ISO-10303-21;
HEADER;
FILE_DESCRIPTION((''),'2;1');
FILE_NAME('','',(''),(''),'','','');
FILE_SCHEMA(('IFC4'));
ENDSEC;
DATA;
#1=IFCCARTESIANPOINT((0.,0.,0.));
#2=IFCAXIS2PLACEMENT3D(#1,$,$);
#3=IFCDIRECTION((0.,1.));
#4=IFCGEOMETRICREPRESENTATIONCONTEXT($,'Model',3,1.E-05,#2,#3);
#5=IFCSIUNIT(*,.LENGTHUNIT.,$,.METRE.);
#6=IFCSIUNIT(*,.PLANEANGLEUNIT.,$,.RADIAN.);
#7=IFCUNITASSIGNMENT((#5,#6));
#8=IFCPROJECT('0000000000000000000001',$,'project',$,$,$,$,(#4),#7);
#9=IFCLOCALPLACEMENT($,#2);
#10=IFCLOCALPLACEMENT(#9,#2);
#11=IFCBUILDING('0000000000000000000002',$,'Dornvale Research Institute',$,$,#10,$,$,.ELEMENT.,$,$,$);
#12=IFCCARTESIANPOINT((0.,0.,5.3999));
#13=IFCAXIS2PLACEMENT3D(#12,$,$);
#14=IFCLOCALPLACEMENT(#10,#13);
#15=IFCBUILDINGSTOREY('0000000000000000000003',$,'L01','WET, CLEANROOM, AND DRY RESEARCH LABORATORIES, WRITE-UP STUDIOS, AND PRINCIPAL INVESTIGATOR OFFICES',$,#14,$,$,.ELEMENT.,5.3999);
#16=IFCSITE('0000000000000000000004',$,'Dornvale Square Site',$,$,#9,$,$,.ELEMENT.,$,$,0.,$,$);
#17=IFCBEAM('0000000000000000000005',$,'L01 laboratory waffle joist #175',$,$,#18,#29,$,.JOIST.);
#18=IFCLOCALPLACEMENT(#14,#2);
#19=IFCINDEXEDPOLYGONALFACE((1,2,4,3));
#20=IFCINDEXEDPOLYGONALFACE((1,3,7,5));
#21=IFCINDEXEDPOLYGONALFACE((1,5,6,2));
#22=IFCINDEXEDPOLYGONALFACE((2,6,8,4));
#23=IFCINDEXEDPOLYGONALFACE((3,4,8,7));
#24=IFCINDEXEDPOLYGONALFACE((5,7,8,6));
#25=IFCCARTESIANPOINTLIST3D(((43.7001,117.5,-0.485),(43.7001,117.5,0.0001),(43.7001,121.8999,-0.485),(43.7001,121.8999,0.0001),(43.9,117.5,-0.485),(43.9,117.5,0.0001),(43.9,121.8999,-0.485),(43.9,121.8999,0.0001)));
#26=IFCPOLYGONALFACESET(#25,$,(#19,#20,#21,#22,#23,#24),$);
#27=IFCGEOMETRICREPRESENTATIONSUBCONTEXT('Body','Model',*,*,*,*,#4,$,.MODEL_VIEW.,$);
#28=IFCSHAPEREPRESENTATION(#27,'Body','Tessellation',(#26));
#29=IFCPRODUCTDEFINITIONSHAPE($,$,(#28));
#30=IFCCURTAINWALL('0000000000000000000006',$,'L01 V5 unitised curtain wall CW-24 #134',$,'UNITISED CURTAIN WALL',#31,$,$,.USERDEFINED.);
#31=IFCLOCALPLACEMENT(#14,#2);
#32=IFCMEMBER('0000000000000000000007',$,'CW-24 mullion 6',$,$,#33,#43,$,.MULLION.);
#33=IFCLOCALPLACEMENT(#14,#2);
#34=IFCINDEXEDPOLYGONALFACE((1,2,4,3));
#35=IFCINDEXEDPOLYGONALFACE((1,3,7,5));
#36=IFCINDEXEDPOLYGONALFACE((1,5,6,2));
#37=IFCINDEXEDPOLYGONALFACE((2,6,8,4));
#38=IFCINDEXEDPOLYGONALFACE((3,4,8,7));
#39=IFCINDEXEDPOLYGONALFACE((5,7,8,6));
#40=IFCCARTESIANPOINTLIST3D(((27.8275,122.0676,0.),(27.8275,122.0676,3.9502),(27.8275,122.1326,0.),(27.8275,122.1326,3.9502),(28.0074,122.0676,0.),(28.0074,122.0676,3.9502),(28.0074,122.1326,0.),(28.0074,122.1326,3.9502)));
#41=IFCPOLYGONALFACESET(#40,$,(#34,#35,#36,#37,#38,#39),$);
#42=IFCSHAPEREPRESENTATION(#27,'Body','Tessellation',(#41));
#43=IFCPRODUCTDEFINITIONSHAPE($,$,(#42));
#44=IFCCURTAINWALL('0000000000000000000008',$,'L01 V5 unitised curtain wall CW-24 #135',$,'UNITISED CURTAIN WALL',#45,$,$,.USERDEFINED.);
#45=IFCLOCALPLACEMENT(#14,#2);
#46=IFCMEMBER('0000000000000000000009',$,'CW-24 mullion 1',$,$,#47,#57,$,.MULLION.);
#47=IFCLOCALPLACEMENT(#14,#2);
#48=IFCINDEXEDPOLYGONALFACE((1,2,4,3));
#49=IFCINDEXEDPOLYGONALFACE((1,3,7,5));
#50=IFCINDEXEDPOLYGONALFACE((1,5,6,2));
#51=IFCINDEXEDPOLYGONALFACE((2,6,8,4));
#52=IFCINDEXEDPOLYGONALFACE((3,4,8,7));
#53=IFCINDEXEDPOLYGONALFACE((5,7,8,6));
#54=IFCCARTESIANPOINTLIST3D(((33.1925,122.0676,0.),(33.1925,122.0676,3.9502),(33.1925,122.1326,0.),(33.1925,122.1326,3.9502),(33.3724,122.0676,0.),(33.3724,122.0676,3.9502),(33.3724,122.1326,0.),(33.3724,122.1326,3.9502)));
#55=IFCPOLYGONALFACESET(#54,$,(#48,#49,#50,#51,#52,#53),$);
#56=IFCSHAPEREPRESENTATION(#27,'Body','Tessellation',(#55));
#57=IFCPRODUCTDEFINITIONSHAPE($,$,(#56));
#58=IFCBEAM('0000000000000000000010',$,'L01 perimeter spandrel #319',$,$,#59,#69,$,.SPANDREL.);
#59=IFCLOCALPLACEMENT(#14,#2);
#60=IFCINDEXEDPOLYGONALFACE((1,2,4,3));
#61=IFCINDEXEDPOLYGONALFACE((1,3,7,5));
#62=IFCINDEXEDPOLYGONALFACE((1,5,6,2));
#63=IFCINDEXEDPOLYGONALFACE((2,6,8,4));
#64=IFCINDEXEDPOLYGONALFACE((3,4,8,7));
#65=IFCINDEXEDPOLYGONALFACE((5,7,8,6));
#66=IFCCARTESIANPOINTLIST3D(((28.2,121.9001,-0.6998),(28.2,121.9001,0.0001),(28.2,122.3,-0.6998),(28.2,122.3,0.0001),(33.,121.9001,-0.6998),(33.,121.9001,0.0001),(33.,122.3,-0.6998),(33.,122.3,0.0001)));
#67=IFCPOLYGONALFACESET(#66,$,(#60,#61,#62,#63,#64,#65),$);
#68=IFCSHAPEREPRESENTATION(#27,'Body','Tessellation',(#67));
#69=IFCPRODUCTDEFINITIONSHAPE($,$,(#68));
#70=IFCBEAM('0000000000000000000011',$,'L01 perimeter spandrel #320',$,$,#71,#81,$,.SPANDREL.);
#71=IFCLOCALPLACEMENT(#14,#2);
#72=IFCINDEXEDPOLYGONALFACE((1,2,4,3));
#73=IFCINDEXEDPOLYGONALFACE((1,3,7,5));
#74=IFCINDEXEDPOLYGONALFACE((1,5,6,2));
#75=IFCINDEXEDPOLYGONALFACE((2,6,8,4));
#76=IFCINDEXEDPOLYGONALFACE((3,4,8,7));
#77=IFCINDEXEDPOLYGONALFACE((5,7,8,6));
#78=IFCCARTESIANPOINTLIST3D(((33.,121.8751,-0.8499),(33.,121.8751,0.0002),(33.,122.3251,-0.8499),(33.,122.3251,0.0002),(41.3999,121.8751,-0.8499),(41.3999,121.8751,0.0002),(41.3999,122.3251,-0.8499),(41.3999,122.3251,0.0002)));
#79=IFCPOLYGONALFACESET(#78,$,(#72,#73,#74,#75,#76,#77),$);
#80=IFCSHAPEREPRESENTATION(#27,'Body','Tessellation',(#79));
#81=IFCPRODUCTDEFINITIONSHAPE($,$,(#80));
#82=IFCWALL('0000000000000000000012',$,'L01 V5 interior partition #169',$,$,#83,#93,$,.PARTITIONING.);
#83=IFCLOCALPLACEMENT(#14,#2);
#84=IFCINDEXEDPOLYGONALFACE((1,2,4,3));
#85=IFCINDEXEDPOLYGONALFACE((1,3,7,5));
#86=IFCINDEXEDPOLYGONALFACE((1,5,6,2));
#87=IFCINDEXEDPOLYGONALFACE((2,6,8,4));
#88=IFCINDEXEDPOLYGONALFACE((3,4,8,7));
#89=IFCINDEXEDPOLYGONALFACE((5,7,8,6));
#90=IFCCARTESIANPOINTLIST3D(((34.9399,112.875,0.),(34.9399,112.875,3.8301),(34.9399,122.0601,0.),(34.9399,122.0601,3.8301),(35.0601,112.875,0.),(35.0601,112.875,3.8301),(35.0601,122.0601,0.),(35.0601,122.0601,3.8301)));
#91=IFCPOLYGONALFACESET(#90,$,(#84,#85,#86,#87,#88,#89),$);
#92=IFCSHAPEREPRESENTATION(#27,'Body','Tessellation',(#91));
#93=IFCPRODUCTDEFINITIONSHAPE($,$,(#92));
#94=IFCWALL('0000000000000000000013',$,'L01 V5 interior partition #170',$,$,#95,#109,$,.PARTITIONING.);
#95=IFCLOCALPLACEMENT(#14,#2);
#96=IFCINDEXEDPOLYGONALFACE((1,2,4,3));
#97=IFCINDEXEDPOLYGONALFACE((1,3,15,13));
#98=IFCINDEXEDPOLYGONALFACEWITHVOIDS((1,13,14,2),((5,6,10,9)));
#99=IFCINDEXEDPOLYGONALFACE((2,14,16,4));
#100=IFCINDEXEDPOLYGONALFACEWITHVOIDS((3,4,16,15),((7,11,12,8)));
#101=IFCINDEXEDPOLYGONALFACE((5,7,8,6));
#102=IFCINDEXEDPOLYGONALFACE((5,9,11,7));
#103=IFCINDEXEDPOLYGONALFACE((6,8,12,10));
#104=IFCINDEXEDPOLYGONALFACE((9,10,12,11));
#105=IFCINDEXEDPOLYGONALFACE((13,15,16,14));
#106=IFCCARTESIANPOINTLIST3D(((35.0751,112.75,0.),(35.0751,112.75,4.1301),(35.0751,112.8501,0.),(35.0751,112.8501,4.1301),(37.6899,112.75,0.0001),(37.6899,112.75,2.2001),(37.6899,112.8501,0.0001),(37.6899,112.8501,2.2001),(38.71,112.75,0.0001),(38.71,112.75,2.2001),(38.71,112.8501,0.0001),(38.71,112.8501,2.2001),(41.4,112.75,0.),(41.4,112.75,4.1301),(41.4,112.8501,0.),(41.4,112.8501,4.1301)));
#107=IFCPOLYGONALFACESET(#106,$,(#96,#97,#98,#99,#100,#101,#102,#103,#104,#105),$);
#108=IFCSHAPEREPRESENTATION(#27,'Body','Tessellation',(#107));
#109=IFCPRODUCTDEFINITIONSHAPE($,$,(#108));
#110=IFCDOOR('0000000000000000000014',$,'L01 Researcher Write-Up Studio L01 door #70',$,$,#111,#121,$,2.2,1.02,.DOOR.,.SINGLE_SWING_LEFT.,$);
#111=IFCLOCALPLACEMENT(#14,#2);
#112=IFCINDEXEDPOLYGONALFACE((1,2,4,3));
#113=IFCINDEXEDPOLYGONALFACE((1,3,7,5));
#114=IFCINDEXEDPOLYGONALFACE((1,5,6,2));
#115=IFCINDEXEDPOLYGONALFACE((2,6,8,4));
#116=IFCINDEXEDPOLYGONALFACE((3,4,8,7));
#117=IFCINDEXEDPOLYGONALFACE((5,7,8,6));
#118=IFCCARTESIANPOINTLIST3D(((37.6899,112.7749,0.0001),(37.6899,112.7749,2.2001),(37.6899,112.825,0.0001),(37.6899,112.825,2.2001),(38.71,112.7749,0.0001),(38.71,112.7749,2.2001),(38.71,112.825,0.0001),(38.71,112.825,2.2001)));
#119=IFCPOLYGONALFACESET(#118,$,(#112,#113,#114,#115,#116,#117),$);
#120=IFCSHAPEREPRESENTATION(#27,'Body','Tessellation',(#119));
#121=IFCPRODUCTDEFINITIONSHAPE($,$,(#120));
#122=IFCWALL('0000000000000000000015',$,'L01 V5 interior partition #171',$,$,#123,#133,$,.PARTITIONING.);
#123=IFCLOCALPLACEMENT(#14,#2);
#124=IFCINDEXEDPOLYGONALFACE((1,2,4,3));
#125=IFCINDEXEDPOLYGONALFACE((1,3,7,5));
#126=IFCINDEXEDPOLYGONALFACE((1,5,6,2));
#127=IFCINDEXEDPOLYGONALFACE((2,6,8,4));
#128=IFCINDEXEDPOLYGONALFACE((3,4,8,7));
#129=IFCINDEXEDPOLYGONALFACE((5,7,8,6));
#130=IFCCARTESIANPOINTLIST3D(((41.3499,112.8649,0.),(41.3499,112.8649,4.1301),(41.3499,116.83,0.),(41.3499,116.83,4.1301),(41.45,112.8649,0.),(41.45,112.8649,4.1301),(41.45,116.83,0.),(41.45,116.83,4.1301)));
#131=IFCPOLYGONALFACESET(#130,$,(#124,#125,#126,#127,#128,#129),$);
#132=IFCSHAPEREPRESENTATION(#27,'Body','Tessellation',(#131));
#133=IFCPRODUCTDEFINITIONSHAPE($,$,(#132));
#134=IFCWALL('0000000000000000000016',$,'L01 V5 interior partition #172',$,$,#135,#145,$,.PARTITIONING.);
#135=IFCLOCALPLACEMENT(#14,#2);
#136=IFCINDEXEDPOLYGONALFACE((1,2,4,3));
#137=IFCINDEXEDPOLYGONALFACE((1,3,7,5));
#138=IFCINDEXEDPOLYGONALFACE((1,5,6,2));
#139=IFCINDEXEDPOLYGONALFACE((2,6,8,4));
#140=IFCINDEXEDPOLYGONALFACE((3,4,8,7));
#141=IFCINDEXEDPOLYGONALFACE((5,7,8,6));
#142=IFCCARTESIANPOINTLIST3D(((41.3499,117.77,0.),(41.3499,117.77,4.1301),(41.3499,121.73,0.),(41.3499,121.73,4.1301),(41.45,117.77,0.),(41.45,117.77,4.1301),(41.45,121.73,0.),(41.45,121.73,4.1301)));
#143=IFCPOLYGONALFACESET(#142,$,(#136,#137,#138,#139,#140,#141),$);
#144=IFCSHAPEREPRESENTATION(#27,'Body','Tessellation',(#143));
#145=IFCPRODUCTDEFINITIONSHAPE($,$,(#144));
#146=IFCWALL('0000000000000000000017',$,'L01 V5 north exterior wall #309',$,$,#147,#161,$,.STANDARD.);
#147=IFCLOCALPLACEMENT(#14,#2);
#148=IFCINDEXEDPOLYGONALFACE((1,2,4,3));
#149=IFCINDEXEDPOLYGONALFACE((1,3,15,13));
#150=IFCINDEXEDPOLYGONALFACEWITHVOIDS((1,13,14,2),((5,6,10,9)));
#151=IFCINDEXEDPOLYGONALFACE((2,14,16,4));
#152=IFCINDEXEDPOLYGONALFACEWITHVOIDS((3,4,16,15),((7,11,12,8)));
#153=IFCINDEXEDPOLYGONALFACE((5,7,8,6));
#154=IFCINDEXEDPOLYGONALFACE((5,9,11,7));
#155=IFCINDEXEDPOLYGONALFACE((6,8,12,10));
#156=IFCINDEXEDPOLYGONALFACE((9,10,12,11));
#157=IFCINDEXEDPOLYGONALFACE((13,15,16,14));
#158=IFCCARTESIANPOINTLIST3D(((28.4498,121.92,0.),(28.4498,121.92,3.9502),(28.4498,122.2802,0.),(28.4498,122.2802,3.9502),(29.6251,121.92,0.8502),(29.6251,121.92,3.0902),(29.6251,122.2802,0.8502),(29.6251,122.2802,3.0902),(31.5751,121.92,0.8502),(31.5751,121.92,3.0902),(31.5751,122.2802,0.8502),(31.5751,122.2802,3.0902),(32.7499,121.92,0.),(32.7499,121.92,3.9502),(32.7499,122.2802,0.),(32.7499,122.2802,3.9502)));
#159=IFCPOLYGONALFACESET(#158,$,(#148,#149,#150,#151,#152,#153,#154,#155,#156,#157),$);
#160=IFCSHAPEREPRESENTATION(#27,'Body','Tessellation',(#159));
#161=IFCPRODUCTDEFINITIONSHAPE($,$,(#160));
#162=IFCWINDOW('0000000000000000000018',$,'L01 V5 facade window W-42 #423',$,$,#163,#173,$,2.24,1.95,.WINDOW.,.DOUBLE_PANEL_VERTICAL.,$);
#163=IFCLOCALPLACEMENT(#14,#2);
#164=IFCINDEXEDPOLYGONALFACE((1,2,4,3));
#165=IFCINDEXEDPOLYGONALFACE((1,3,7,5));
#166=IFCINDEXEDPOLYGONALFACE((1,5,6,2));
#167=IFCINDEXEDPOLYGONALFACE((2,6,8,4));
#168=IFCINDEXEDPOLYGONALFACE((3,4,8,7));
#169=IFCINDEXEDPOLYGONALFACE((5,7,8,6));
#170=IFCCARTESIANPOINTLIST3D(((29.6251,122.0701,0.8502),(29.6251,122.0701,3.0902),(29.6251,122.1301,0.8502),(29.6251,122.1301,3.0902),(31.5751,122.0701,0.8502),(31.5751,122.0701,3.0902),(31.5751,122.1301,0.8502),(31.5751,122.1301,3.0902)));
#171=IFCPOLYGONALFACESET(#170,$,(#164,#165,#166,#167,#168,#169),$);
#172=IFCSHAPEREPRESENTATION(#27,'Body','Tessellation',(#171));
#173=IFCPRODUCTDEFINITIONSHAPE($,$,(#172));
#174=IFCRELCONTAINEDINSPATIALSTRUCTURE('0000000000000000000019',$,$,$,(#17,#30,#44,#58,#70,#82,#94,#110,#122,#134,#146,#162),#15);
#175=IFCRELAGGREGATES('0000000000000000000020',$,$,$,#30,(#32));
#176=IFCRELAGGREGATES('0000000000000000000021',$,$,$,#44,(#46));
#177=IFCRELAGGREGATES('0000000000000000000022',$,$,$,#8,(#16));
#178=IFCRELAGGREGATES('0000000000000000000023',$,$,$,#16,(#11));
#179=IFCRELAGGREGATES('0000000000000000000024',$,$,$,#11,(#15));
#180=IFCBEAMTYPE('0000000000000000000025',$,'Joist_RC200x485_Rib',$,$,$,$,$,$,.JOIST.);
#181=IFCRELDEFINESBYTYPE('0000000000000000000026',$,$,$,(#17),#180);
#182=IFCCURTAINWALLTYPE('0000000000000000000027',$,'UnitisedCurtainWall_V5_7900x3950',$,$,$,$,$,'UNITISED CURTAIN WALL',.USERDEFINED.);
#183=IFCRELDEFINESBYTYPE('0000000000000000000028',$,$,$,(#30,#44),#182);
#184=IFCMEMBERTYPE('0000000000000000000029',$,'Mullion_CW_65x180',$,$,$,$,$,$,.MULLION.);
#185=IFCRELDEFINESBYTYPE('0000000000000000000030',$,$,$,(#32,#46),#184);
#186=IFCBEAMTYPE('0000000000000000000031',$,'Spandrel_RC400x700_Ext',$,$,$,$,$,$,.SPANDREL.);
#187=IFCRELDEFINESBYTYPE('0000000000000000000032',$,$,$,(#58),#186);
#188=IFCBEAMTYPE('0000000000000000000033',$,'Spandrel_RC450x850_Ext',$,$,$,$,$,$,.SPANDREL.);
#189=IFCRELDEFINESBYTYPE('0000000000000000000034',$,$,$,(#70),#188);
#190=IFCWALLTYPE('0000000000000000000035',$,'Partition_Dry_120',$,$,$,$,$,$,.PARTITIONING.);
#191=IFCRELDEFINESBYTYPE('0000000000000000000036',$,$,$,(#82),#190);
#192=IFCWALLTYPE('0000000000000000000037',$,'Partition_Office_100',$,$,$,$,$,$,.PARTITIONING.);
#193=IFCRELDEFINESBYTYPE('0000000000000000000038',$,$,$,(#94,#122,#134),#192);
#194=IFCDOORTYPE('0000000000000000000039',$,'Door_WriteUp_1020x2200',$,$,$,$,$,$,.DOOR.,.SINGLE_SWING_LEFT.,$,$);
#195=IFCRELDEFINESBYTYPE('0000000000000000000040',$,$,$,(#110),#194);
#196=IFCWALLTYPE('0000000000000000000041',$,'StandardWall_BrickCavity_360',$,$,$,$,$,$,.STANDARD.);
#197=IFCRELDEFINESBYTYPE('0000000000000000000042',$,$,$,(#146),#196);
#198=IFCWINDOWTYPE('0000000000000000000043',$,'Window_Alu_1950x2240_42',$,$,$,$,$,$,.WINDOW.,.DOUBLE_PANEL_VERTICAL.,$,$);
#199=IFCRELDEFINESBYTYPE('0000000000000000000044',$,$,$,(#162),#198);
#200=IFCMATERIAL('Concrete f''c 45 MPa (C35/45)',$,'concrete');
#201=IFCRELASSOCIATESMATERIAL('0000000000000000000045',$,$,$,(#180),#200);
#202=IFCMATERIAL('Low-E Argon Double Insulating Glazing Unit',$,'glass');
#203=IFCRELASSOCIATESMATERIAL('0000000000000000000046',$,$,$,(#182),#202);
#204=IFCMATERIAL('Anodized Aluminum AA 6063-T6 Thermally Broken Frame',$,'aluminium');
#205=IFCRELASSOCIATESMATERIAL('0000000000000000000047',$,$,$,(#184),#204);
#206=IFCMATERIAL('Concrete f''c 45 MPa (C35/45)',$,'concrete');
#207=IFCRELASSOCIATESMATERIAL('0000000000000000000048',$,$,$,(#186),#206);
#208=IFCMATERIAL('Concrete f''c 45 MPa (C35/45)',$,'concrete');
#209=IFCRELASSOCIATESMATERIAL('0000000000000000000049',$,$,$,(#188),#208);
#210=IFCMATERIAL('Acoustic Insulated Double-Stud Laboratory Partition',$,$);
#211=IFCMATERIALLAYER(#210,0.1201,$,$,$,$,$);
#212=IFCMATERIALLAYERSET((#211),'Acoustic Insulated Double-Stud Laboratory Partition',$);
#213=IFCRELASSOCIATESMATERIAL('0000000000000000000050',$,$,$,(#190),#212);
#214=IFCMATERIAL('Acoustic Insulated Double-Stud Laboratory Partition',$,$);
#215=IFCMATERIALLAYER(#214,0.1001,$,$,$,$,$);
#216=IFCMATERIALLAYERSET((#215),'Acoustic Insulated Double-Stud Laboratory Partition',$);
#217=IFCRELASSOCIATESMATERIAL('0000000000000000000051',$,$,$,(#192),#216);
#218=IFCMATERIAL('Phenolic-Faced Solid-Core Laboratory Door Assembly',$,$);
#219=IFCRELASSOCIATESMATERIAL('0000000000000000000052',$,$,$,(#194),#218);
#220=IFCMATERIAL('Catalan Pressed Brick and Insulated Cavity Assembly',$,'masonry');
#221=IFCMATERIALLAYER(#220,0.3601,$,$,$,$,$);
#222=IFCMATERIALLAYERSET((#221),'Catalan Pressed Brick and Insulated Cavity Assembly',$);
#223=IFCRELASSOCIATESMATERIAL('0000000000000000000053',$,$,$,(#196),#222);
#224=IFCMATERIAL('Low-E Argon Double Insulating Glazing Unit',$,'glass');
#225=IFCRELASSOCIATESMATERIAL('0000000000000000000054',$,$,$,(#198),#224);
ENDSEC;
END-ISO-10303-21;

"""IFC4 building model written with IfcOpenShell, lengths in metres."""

from ifc_helpers import new_model, si_unit, direction, frame, frame_2d, origin, origin_2d, place, context, subcontext, project, spatial, rectangle, extrude, material, layer, layer_set, material_profile, profile_set, type_object, element, fill, aggregate, save


model = new_model("IFC4")

# Units and contexts
model_context = context("Model", 3, precision=1e-05, world=origin(), true_north=direction((0.0, 1.0)))
body_context = subcontext(model_context, "Body", "Model", "MODEL_VIEW")
ifc_project = project(units=[si_unit("LENGTHUNIT", "METRE"), si_unit("PLANEANGLEUNIT", "RADIAN")], contexts=[model_context])

# Site, building, storey
site_placement = place(None, origin())
site = spatial("IfcSite", under=ifc_project, at=site_placement, Name="Dornvale Square Site", CompositionType="ELEMENT", RefElevation=0.0)
building_placement = place(site_placement, origin())
building = spatial("IfcBuilding", under=site, at=building_placement, Name="Dornvale Research Institute", CompositionType="ELEMENT")
storey_placement = place(building_placement, frame((0.0, 0.0, 5.3999)))
storey = spatial("IfcBuildingStorey", under=building, at=storey_placement, Name="L01", Description="WET, CLEANROOM, AND DRY RESEARCH LABORATORIES, WRITE-UP STUDIOS, AND PRINCIPAL INVESTIGATOR OFFICES", CompositionType="ELEMENT", Elevation=5.3999)

# Beam
ifc_material_1 = material(Name="Concrete f'c 45 MPa (C35/45)", Category="concrete")
ifc_material_profile_1 = material_profile(ifc_material_1, rectangle(XDim=0.2, YDim=0.4851, at=origin_2d()), Name="RC 200x485")
ifc_profile_set_1 = profile_set([ifc_material_profile_1], Name="Concrete f'c 45 MPa (C35/45)")
beam_type_1 = type_object("IfcBeamType", Name="Joist_RC200x485_Rib", PredefinedType="JOIST", material=ifc_profile_set_1)
beam_1_placement = place(storey_placement, frame((43.8, 117.5, -0.2424), z_axis=(0.0, 1.0, 0.0), x_axis=(-1.0, 0.0, 0.0)))
element("IfcBeam", 1, at=beam_1_placement, inside=storey, type_object=beam_type_1, Name="L01 laboratory waffle joist #175", PredefinedType="JOIST", context=body_context, shape_type="SweptSolid", body=[
    extrude(rectangle(XDim=0.2, YDim=0.4851, at=origin_2d()), origin(), (0.0, 0.0, 1.0), 4.3999),
])

# Curtain walls, members
ifc_material_2 = material(Name="Low-E Argon Double Insulating Glazing Unit", Category="glass")
curtain_wall_type = type_object("IfcCurtainWallType", Name="UnitisedCurtainWall_V5_7900x3950", ElementType="UNITISED CURTAIN WALL", PredefinedType="USERDEFINED", material=ifc_material_2)
curtain_wall_1_placement = place(storey_placement, origin())
curtain_wall_1 = element("IfcCurtainWall", 2, at=curtain_wall_1_placement, inside=storey, type_object=curtain_wall_type, Name="L01 V5 unitised curtain wall CW-24 #134", ObjectType="UNITISED CURTAIN WALL", PredefinedType="USERDEFINED")
ifc_material_3 = material(Name="Anodized Aluminum AA 6063-T6 Thermally Broken Frame", Category="aluminium")
ifc_material_profile_2 = material_profile(ifc_material_3, rectangle(XDim=0.0649, YDim=0.1799, at=origin_2d()), Name="ALU MULLION 65x180")
ifc_profile_set_2 = profile_set([ifc_material_profile_2], Name="Anodized Aluminum AA 6063-T6 Thermally Broken Frame")
member_type = type_object("IfcMemberType", Name="Mullion_CW_65x180", PredefinedType="MULLION", material=ifc_profile_set_2)
member_1_placement = place(storey_placement, frame((27.9175, 122.1001, 0.0), z_axis=(0.0, 0.0, 1.0), x_axis=(0.0, 1.0, 0.0)))
member_1 = element("IfcMember", 3, at=member_1_placement, type_object=member_type, Name="CW-24 mullion 6", PredefinedType="MULLION", context=body_context, shape_type="SweptSolid", body=[
    extrude(rectangle(XDim=0.0649, YDim=0.1799, at=origin_2d()), origin(), (0.0, 0.0, 1.0), 3.9502),
])
aggregate(curtain_wall_1, [member_1])
curtain_wall_2_placement = place(storey_placement, origin())
curtain_wall_2 = element("IfcCurtainWall", 4, at=curtain_wall_2_placement, inside=storey, type_object=curtain_wall_type, Name="L01 V5 unitised curtain wall CW-24 #135", ObjectType="UNITISED CURTAIN WALL", PredefinedType="USERDEFINED")
member_2_placement = place(storey_placement, frame((33.2825, 122.1001, 0.0), z_axis=(0.0, 0.0, 1.0), x_axis=(0.0, 1.0, 0.0)))
member_2 = element("IfcMember", 5, at=member_2_placement, type_object=member_type, Name="CW-24 mullion 1", PredefinedType="MULLION", context=body_context, shape_type="SweptSolid", body=[
    extrude(rectangle(XDim=0.0649, YDim=0.1799, at=origin_2d()), origin(), (0.0, 0.0, 1.0), 3.9502),
])
aggregate(curtain_wall_2, [member_2])

# Beams
ifc_material_4 = material(Name="Concrete f'c 45 MPa (C35/45)", Category="concrete")
ifc_material_profile_3 = material_profile(ifc_material_4, rectangle(XDim=0.3999, YDim=0.7, at=origin_2d()), Name="RC 400x700")
ifc_profile_set_3 = profile_set([ifc_material_profile_3], Name="Concrete f'c 45 MPa (C35/45)")
beam_type_2 = type_object("IfcBeamType", Name="Spandrel_RC400x700_Ext", PredefinedType="SPANDREL", material=ifc_profile_set_3)
beam_2_placement = place(storey_placement, frame((28.2, 122.1001, -0.3499), z_axis=(1.0, 0.0, 0.0), x_axis=(0.0, 1.0, 0.0)))
element("IfcBeam", 6, at=beam_2_placement, inside=storey, type_object=beam_type_2, Name="L01 perimeter spandrel #319", PredefinedType="SPANDREL", context=body_context, shape_type="SweptSolid", body=[
    extrude(rectangle(XDim=0.3999, YDim=0.7, at=origin_2d()), origin(), (0.0, 0.0, 1.0), 4.8),
])
ifc_material_5 = material(Name="Concrete f'c 45 MPa (C35/45)", Category="concrete")
ifc_material_profile_4 = material_profile(ifc_material_5, rectangle(XDim=0.45, YDim=0.8501, at=origin_2d()), Name="RC 450x850")
ifc_profile_set_4 = profile_set([ifc_material_profile_4], Name="Concrete f'c 45 MPa (C35/45)")
beam_type_3 = type_object("IfcBeamType", Name="Spandrel_RC450x850_Ext", PredefinedType="SPANDREL", material=ifc_profile_set_4)
beam_3_placement = place(storey_placement, frame((33.0, 122.1001, -0.4248), z_axis=(1.0, 0.0, 0.0), x_axis=(0.0, 1.0, 0.0)))
element("IfcBeam", 7, at=beam_3_placement, inside=storey, type_object=beam_type_3, Name="L01 perimeter spandrel #320", PredefinedType="SPANDREL", context=body_context, shape_type="SweptSolid", body=[
    extrude(rectangle(XDim=0.45, YDim=0.8501, at=origin_2d()), origin(), (0.0, 0.0, 1.0), 8.3999),
])

# Wall
ifc_material_6 = material(Name="Acoustic Insulated Double-Stud Laboratory Partition")
ifc_layer_1 = layer(ifc_material_6, 0.1201)
ifc_layer_set_1 = layer_set([ifc_layer_1], Name="Acoustic Insulated Double-Stud Laboratory Partition")
wall_type_1 = type_object("IfcWallType", Name="Partition_Dry_120", PredefinedType="PARTITIONING", material=ifc_layer_set_1)
wall_1_placement = place(storey_placement, frame((35.0, 112.875, 0.0), z_axis=(0.0, 0.0, 1.0), x_axis=(0.0, 1.0, 0.0)))
element("IfcWall", 8, at=wall_1_placement, inside=storey, type_object=wall_type_1, Name="L01 V5 interior partition #169", PredefinedType="PARTITIONING", context=body_context, shape_type="SweptSolid", body=[
    extrude(rectangle(XDim=9.1851, YDim=0.1201, at=frame_2d((4.5925, 0.0))), origin(), (0.0, 0.0, 1.0), 3.8301),
])

# Wall, opening, door
ifc_material_7 = material(Name="Acoustic Insulated Double-Stud Laboratory Partition")
ifc_layer_2 = layer(ifc_material_7, 0.1001)
ifc_layer_set_2 = layer_set([ifc_layer_2], Name="Acoustic Insulated Double-Stud Laboratory Partition")
wall_type_2 = type_object("IfcWallType", Name="Partition_Office_100", PredefinedType="PARTITIONING", material=ifc_layer_set_2)
wall_2_placement = place(storey_placement, frame((35.075, 112.8, 0.0), z_axis=(0.0, 0.0, 1.0), x_axis=(1.0, 0.0, 0.0)))
wall_2 = element("IfcWall", 9, at=wall_2_placement, inside=storey, type_object=wall_type_2, Name="L01 V5 interior partition #170", PredefinedType="PARTITIONING", context=body_context, shape_type="SweptSolid", body=[
    extrude(rectangle(XDim=6.325, YDim=0.1001, at=frame_2d((3.1626, 0.0))), origin(), (0.0, 0.0, 1.0), 4.1301),
])
opening_1_placement = place(wall_2_placement, frame((2.615, 0.0, 0.0)))
opening_1 = element("IfcOpeningElement", 10, at=opening_1_placement, cuts=wall_2, PredefinedType="OPENING", context=body_context, shape_type="SweptSolid", body=[
    extrude(rectangle(XDim=1.02, YDim=2.2, at=frame_2d((0.51, 1.1001))), frame((0.0, 0.0649, 0.0), z_axis=(0.0, -1.0, 0.0), x_axis=(1.0, 0.0, 0.0)), (0.0, 0.0, 1.0), 0.1301),
])
ifc_material_8 = material(Name="Phenolic-Faced Solid-Core Laboratory Door Assembly")
door_type = type_object("IfcDoorType", Name="Door_WriteUp_1020x2200", OperationType="SINGLE_SWING_LEFT", PredefinedType="DOOR", material=ifc_material_8)
door_placement = place(opening_1_placement, origin())
door = element("IfcDoor", 11, at=door_placement, inside=storey, type_object=door_type, Name="L01 Researcher Write-Up Studio L01 door #70", OperationType="SINGLE_SWING_LEFT", OverallHeight=2.2, OverallWidth=1.02, PredefinedType="DOOR", context=body_context, shape_type="SweptSolid", body=[
    extrude(rectangle(XDim=1.02, YDim=2.2, at=frame_2d((0.51, 1.1001))), frame((0.0, 0.0249, 0.0), z_axis=(0.0, -1.0, 0.0), x_axis=(1.0, 0.0, 0.0)), (0.0, 0.0, 1.0), 0.05),
])
fill(opening_1, door)

# Walls
wall_3_placement = place(storey_placement, frame((41.3999, 112.865, 0.0), z_axis=(0.0, 0.0, 1.0), x_axis=(0.0, 1.0, 0.0)))
element("IfcWall", 12, at=wall_3_placement, inside=storey, type_object=wall_type_2, Name="L01 V5 interior partition #171", PredefinedType="PARTITIONING", context=body_context, shape_type="SweptSolid", body=[
    extrude(rectangle(XDim=3.9651, YDim=0.1001, at=frame_2d((1.9824, 0.0))), origin(), (0.0, 0.0, 1.0), 4.1301),
])
wall_4_placement = place(storey_placement, frame((41.3999, 117.77, 0.0), z_axis=(0.0, 0.0, 1.0), x_axis=(0.0, 1.0, 0.0)))
element("IfcWall", 13, at=wall_4_placement, inside=storey, type_object=wall_type_2, Name="L01 V5 interior partition #172", PredefinedType="PARTITIONING", context=body_context, shape_type="SweptSolid", body=[
    extrude(rectangle(XDim=3.96, YDim=0.1001, at=frame_2d((1.98, 0.0))), origin(), (0.0, 0.0, 1.0), 4.1301),
])

# Wall, opening, window
ifc_material_9 = material(Name="Catalan Pressed Brick and Insulated Cavity Assembly", Category="masonry")
ifc_layer_3 = layer(ifc_material_9, 0.3601)
ifc_layer_set_3 = layer_set([ifc_layer_3], Name="Catalan Pressed Brick and Insulated Cavity Assembly")
wall_type_3 = type_object("IfcWallType", Name="StandardWall_BrickCavity_360", PredefinedType="STANDARD", material=ifc_layer_set_3)
wall_5_placement = place(storey_placement, frame((28.45, 122.1001, 0.0), z_axis=(0.0, 0.0, 1.0), x_axis=(1.0, 0.0, 0.0)))
wall_5 = element("IfcWall", 14, at=wall_5_placement, inside=storey, type_object=wall_type_3, Name="L01 V5 north exterior wall #309", PredefinedType="STANDARD", context=body_context, shape_type="SweptSolid", body=[
    extrude(rectangle(XDim=4.3, YDim=0.3601, at=frame_2d((2.1499, 0.0))), origin(), (0.0, 0.0, 1.0), 3.9502),
])
opening_2_placement = place(wall_5_placement, frame((1.175, 0.0, 0.8501)))
opening_2 = element("IfcOpeningElement", 15, at=opening_2_placement, cuts=wall_5, PredefinedType="OPENING", context=body_context, shape_type="SweptSolid", body=[
    extrude(rectangle(XDim=1.95, YDim=2.24, at=frame_2d((0.9751, 1.1201))), frame((0.0, 0.1951, 0.0), z_axis=(0.0, -1.0, 0.0), x_axis=(1.0, 0.0, 0.0)), (0.0, 0.0, 1.0), 0.3901),
])
ifc_material_10 = material(Name="Low-E Argon Double Insulating Glazing Unit", Category="glass")
window_type = type_object("IfcWindowType", Name="Window_Alu_1950x2240_42", PartitioningType="DOUBLE_PANEL_VERTICAL", PredefinedType="WINDOW", material=ifc_material_10)
window_placement = place(opening_2_placement, origin())
window = element("IfcWindow", 16, at=window_placement, inside=storey, type_object=window_type, Name="L01 V5 facade window W-42 #423", OverallHeight=2.24, OverallWidth=1.95, PartitioningType="DOUBLE_PANEL_VERTICAL", PredefinedType="WINDOW", context=body_context, shape_type="SweptSolid", body=[
    extrude(rectangle(XDim=1.95, YDim=2.24, at=frame_2d((0.9751, 1.1201))), frame((0.0, 0.03, 0.0), z_axis=(0.0, -1.0, 0.0), x_axis=(1.0, 0.0, 0.0)), (0.0, 0.0, 1.0), 0.0601),
])
fill(opening_2, window)

save(model, "model.ifc")
